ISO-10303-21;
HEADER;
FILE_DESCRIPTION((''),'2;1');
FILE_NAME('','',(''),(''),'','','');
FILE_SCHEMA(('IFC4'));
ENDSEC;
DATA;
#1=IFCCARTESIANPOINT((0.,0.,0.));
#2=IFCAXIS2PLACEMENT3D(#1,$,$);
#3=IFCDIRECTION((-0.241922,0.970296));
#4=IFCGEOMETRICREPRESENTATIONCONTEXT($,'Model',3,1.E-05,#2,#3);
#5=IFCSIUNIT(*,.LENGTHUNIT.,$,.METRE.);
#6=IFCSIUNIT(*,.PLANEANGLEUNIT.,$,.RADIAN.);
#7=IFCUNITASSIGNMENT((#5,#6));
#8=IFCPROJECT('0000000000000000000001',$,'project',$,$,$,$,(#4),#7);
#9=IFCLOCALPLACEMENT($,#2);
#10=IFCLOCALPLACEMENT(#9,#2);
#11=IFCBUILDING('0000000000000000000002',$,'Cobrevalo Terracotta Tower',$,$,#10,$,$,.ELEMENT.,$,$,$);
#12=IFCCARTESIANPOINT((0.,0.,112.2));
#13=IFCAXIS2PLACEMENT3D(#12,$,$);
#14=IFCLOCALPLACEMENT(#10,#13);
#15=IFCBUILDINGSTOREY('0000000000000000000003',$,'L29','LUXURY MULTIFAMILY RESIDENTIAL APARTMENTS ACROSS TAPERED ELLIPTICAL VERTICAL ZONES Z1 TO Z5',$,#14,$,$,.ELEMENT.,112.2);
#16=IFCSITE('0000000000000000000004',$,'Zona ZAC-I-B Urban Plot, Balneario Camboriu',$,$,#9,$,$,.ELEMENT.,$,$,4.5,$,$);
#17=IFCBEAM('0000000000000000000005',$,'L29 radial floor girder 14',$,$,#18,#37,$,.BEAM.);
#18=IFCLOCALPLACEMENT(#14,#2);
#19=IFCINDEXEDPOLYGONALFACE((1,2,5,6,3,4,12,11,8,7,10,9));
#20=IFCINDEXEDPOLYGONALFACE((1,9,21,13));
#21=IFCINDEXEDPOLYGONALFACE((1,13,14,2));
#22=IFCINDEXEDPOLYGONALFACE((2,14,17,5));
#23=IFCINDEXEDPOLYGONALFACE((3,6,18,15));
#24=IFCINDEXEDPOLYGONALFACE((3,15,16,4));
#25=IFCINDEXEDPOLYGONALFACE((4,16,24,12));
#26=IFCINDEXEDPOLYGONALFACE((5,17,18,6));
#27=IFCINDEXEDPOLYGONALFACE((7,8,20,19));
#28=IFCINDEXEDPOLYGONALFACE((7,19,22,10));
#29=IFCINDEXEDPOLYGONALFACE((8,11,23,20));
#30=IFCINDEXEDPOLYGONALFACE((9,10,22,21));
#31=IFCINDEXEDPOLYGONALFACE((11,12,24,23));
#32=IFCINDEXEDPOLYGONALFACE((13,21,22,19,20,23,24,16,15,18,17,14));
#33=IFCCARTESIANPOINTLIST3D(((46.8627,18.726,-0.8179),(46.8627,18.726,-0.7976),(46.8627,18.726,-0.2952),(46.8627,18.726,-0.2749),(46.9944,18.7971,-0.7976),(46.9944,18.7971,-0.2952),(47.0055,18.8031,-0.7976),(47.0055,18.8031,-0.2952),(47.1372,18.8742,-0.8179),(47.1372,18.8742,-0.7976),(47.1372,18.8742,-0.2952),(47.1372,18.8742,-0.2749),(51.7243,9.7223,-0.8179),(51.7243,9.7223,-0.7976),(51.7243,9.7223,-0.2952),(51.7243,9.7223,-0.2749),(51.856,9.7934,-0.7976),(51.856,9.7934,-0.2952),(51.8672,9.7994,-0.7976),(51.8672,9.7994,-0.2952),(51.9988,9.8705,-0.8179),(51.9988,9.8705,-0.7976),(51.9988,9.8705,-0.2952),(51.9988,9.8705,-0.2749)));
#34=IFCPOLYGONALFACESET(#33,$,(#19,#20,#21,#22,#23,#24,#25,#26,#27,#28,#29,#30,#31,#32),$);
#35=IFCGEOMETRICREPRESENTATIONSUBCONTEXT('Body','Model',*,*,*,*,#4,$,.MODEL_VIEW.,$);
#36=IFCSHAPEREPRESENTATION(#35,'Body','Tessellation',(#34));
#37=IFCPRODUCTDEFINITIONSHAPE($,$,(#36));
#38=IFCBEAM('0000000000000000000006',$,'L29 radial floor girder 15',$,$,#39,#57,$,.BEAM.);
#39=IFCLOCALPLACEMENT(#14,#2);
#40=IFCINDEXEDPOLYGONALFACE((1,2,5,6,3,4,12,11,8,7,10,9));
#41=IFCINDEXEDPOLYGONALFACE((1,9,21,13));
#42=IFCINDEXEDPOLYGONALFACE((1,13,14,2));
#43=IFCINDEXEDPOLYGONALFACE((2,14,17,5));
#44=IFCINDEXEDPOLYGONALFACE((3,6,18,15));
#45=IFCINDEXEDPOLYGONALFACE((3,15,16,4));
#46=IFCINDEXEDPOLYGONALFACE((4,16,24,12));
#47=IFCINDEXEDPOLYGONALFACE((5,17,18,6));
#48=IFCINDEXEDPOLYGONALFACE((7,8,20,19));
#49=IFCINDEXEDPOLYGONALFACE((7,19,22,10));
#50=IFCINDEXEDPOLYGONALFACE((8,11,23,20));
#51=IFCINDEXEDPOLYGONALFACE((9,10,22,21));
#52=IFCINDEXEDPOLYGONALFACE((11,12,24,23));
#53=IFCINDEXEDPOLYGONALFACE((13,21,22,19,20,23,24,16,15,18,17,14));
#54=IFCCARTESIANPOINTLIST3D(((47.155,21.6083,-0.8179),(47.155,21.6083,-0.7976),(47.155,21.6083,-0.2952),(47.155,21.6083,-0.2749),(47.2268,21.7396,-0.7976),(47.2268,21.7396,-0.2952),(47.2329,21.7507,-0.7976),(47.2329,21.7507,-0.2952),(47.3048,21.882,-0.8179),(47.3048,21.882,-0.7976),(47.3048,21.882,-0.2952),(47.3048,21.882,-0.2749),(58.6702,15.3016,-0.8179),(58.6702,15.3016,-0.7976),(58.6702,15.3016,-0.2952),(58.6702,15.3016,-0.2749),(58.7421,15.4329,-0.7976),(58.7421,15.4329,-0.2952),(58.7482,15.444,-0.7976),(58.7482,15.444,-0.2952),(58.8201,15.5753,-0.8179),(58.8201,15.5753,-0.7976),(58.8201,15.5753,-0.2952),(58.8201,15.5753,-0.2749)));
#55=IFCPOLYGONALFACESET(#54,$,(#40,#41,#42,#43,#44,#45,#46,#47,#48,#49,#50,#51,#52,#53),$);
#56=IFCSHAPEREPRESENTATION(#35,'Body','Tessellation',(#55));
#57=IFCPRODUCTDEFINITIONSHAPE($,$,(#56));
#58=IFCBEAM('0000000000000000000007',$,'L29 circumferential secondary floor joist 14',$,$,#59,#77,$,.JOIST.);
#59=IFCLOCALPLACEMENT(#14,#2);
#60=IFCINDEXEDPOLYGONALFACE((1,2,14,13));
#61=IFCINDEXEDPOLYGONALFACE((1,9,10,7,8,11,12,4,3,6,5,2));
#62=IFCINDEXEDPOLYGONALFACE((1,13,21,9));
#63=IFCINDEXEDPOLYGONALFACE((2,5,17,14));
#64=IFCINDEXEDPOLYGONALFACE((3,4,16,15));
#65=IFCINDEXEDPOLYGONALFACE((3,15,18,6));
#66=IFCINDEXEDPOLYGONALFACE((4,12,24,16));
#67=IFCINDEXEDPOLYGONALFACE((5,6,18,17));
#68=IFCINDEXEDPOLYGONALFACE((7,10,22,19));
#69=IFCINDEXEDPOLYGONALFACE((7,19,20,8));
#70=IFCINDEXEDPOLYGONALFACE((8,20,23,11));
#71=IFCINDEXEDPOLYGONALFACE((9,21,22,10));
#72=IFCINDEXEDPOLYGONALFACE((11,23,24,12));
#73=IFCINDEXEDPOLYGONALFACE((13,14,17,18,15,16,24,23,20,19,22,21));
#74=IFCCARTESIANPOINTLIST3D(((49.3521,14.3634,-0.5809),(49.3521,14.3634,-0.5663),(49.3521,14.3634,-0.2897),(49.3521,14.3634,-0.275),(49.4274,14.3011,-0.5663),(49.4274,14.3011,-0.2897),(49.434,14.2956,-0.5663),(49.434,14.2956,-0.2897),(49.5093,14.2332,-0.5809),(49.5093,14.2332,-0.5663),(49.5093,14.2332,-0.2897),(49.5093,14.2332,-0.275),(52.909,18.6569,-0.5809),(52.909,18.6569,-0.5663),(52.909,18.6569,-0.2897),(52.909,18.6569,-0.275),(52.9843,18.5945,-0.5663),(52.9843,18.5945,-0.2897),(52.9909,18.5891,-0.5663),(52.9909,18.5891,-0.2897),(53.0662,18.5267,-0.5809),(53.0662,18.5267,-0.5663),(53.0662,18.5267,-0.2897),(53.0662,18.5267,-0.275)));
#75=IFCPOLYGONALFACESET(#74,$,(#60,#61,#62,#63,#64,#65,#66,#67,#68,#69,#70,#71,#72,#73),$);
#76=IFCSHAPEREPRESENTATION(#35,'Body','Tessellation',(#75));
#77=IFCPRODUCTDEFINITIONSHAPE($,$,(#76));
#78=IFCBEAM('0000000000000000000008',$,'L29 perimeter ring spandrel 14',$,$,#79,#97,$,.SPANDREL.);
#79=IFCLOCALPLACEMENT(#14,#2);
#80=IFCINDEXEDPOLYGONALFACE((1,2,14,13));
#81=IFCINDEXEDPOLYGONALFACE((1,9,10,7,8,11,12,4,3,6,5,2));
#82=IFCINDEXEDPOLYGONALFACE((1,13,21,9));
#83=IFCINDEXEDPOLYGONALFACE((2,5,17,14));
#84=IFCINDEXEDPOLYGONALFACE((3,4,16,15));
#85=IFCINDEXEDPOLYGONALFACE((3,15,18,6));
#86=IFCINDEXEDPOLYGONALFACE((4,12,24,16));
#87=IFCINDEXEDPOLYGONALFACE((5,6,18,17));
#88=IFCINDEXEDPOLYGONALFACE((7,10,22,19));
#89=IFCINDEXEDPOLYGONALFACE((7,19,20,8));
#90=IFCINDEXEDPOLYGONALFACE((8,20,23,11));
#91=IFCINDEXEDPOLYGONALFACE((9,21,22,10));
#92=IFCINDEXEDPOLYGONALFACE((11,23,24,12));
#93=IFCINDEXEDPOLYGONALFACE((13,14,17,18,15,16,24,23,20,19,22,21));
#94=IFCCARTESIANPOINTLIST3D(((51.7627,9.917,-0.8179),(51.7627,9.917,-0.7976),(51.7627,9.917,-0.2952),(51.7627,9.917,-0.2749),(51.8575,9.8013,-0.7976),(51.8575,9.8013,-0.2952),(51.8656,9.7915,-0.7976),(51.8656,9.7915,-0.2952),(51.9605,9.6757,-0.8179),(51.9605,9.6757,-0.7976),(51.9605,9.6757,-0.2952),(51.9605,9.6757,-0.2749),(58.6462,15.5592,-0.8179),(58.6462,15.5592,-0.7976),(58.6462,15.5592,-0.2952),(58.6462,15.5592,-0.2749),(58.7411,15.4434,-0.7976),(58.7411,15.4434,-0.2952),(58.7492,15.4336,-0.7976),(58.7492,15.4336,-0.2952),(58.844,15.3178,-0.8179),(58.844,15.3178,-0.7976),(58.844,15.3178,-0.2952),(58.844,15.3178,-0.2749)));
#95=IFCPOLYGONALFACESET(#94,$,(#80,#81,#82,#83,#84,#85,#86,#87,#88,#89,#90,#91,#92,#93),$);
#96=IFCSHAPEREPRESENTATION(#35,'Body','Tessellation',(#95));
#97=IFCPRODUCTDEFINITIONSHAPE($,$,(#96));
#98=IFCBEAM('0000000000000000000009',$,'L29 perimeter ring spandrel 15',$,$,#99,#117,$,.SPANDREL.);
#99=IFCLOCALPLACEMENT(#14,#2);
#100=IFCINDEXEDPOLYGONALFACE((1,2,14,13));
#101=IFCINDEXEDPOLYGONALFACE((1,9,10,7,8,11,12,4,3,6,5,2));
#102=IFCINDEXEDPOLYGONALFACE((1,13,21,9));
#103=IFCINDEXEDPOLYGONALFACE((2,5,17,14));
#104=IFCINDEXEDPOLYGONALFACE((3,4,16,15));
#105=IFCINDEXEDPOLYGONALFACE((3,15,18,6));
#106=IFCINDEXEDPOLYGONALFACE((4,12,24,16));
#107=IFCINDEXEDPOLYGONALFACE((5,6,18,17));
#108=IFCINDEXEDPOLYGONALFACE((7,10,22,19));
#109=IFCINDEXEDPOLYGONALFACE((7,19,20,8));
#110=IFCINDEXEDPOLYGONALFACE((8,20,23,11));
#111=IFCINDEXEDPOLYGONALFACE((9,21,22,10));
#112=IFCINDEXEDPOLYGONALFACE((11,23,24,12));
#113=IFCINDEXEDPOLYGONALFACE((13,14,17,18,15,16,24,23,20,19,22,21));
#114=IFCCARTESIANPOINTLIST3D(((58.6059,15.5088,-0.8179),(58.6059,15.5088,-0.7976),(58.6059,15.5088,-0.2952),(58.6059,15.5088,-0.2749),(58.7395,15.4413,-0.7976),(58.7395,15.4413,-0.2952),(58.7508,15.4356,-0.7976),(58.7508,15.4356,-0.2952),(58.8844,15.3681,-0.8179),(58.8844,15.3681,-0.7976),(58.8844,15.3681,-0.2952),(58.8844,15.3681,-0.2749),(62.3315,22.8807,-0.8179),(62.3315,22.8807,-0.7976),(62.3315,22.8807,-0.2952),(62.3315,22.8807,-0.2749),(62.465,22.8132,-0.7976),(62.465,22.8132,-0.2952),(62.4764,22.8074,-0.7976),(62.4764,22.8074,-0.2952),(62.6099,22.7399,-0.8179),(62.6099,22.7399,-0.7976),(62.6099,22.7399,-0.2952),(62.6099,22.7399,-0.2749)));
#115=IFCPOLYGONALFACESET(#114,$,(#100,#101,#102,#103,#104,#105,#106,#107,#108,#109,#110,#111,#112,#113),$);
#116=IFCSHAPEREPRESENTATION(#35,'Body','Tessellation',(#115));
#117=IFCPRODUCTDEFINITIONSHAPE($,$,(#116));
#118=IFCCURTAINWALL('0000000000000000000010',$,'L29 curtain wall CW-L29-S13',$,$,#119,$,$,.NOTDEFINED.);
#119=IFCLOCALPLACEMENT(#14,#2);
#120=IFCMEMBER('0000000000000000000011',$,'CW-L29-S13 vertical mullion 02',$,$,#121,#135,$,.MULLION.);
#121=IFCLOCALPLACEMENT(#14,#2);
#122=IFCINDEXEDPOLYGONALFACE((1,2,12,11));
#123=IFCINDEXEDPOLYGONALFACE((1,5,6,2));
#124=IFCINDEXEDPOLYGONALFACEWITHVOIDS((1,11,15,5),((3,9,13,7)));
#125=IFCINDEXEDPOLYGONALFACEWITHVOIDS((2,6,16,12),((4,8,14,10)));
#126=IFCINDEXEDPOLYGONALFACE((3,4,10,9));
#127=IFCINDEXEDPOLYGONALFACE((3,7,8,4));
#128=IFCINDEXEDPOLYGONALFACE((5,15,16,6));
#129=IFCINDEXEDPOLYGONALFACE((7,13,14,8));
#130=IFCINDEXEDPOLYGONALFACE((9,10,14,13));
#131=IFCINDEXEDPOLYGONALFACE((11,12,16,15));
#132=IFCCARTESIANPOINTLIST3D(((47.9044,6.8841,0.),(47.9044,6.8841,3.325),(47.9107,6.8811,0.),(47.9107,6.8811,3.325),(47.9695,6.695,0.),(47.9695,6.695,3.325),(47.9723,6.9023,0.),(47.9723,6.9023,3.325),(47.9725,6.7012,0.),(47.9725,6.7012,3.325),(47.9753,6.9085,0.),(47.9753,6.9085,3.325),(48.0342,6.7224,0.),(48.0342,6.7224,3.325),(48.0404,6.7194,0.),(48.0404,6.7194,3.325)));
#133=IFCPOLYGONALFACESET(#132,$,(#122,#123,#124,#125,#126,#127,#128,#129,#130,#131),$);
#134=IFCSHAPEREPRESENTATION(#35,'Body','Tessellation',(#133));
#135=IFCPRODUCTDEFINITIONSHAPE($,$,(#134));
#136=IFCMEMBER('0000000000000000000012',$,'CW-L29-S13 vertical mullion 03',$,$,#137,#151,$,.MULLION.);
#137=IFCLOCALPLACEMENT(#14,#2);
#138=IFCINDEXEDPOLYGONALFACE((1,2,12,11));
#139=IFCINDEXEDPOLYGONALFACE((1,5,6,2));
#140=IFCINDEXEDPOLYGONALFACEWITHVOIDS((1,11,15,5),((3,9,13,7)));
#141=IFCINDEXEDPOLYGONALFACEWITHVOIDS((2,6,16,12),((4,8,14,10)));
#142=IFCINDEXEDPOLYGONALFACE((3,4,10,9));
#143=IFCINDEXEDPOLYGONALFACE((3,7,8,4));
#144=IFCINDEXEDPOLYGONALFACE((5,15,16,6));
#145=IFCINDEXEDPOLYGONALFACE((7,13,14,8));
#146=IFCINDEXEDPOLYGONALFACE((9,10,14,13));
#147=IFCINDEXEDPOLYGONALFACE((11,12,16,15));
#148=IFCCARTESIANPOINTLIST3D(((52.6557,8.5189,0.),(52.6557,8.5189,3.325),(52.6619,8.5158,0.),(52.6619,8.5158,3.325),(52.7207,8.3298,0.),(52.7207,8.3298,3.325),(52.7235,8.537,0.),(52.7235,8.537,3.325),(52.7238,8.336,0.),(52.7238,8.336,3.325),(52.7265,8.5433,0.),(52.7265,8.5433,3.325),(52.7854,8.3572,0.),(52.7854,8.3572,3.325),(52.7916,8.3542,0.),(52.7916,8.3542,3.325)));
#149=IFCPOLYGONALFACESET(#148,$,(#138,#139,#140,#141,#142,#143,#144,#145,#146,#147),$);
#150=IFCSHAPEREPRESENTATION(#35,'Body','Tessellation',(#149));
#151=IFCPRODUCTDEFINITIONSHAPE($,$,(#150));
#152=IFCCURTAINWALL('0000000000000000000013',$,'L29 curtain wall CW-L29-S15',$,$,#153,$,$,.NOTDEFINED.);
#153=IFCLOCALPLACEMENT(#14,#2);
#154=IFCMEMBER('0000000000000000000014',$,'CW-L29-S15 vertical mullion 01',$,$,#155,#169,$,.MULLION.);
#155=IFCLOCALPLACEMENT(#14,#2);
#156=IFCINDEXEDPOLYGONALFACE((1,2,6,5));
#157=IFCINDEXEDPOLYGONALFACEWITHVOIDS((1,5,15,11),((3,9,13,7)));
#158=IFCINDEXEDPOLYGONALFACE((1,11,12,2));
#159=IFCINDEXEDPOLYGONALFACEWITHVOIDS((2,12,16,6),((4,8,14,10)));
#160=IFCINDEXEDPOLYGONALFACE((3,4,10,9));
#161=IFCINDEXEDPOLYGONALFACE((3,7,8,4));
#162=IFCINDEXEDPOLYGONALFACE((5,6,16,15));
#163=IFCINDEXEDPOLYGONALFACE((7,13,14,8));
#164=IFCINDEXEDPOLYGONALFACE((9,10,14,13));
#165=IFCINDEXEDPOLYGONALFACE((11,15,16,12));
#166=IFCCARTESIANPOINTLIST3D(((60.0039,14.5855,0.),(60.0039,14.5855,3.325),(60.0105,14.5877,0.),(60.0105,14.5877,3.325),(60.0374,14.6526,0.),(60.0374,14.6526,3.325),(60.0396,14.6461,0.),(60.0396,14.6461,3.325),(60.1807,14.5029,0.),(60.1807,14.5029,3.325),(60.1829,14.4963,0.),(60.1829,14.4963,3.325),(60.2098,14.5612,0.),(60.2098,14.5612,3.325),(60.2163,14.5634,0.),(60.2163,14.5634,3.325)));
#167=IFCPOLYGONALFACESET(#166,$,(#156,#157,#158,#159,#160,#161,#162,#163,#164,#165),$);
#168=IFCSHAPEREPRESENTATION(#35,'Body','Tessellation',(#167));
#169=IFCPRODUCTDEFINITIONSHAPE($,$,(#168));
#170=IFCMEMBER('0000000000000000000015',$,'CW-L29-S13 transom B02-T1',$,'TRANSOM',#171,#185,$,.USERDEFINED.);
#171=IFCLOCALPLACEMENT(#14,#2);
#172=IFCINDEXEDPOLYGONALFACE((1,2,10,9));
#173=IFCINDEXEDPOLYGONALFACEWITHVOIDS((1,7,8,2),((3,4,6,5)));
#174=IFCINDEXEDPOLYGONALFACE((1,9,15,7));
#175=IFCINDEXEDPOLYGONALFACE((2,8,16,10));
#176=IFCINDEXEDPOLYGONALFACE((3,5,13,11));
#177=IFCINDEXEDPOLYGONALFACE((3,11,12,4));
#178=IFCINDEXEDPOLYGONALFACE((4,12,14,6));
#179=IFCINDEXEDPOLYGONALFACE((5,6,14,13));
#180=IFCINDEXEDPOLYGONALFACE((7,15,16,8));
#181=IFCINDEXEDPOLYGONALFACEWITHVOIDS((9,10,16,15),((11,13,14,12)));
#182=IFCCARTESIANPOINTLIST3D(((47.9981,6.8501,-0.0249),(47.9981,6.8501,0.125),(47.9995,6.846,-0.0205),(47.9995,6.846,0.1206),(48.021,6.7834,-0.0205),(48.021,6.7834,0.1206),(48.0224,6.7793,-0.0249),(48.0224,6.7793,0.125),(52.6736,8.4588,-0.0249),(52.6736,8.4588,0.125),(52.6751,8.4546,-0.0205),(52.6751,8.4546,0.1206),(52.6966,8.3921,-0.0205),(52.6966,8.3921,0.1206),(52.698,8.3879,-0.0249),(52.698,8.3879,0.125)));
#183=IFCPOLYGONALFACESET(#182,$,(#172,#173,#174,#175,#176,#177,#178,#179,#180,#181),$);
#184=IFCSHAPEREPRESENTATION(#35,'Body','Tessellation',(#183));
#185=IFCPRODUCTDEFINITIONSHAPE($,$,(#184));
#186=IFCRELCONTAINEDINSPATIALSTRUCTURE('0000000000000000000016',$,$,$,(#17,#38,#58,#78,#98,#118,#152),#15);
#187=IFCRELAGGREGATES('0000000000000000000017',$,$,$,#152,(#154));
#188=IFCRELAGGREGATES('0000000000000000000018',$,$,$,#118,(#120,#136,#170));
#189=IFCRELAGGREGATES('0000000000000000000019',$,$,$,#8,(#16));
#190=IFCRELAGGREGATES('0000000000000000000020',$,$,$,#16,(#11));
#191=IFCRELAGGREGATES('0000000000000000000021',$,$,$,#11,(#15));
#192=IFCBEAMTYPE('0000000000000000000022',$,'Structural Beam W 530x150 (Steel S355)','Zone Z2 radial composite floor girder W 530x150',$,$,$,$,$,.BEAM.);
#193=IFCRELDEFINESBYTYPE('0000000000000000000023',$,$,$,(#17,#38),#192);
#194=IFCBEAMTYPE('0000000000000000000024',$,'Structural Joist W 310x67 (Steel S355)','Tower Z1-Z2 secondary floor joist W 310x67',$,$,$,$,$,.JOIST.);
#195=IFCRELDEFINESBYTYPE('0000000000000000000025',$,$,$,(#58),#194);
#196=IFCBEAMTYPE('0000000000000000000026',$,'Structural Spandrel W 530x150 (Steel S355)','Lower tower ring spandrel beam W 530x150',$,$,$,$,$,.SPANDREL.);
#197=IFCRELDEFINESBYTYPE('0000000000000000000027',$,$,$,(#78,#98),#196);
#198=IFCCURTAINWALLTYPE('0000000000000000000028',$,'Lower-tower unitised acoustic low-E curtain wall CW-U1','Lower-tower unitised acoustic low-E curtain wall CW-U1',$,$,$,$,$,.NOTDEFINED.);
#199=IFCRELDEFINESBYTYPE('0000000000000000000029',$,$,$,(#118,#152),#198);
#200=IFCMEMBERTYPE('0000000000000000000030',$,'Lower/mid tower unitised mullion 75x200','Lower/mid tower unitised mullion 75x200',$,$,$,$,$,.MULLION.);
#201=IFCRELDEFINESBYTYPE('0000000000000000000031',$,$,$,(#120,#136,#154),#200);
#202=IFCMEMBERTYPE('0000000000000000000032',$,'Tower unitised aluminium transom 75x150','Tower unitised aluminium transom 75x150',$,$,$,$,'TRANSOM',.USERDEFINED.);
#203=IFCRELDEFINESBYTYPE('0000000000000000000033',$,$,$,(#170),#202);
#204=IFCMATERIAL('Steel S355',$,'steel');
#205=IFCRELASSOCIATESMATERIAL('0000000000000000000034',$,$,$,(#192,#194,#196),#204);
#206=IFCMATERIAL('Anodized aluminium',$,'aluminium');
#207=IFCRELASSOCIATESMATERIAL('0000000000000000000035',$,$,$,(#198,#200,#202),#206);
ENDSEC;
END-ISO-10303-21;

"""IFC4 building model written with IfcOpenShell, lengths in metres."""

from ifc_helpers import new_model, si_unit, direction, frame, origin, origin_2d, place, context, subcontext, project, spatial, hollow_rectangle, i_section, extrude, source, transform, mapped, material, material_profile, profile_set, type_object, element, aggregate, save


model = new_model("IFC4")

# Units and contexts
model_context = context("Model", 3, precision=1e-05, world=origin(), true_north=direction((-0.241922, 0.970296)))
body_context = subcontext(model_context, "Body", "Model", "MODEL_VIEW")
ifc_project = project(units=[si_unit("LENGTHUNIT", "METRE"), si_unit("PLANEANGLEUNIT", "RADIAN")], contexts=[model_context])

# Site, building, storey
site_placement = place(None, origin())
site = spatial("IfcSite", under=ifc_project, at=site_placement, Name="Zona ZAC-I-B Urban Plot, Balneario Camboriu", CompositionType="ELEMENT", RefElevation=4.5)
building_placement = place(site_placement, origin())
building = spatial("IfcBuilding", under=site, at=building_placement, Name="Cobrevalo Terracotta Tower", CompositionType="ELEMENT")
storey_placement = place(building_placement, frame((0.0, 0.0, 112.2)))
storey = spatial("IfcBuildingStorey", under=building, at=storey_placement, Name="L29", Description="LUXURY MULTIFAMILY RESIDENTIAL APARTMENTS ACROSS TAPERED ELLIPTICAL VERTICAL ZONES Z1 TO Z5", CompositionType="ELEMENT", Elevation=112.2)

# Shared definitions
ifc_material_1 = material(Name="Steel S355", Category="steel")

# Beams
ifc_material_profile_1 = material_profile(ifc_material_1, i_section(OverallWidth=0.312, OverallDepth=0.543, WebThickness=0.0127, FlangeThickness=0.0203, at=origin_2d()), Name="W 530x150")
ifc_profile_set_1 = profile_set([ifc_material_profile_1], Name="Steel S355")
beam_type_1 = type_object("IfcBeamType", Name="Structural Beam W 530x150 (Steel S355)", Description="Zone Z2 radial composite floor girder W 530x150", PredefinedType="BEAM", material=ifc_profile_set_1)
beam_1_placement = place(storey_placement, frame((51.8616, 9.7964, -0.5464), z_axis=(-0.475118, 0.879922, 0.0), x_axis=(-0.879922, -0.475118, 0.0)))
element("IfcBeam", 1, at=beam_1_placement, inside=storey, type_object=beam_type_1, Name="L29 radial floor girder 14", PredefinedType="BEAM", context=body_context, shape_type="SweptSolid", body=[
    extrude(i_section(OverallWidth=0.312, OverallDepth=0.543, WebThickness=0.0127, FlangeThickness=0.0203, at=origin_2d()), origin(), (0.0, 0.0, 1.0), 10.2324),
])
beam_2_placement = place(storey_placement, frame((58.7451, 15.4385, -0.5464), z_axis=(-0.877073, 0.480358, 0.0), x_axis=(-0.480358, -0.877073, 0.0)))
element("IfcBeam", 2, at=beam_2_placement, inside=storey, type_object=beam_type_1, Name="L29 radial floor girder 15", PredefinedType="BEAM", context=body_context, shape_type="SweptSolid", body=[
    extrude(i_section(OverallWidth=0.312, OverallDepth=0.543, WebThickness=0.0127, FlangeThickness=0.0203, at=origin_2d()), origin(), (0.0, 0.0, 1.0), 13.1292),
])
ifc_material_profile_2 = material_profile(ifc_material_1, i_section(OverallWidth=0.2041, OverallDepth=0.3059, WebThickness=0.0085, FlangeThickness=0.0146, at=origin_2d()), Name="W 310x67")
ifc_profile_set_2 = profile_set([ifc_material_profile_2], Name="Steel S355")
beam_type_2 = type_object("IfcBeamType", Name="Structural Joist W 310x67 (Steel S355)", Description="Tower Z1-Z2 secondary floor joist W 310x67", PredefinedType="JOIST", material=ifc_profile_set_2)
beam_3_placement = place(storey_placement, frame((49.4307, 14.2983, -0.428), z_axis=(0.637959, 0.77007, 0.0), x_axis=(-0.77007, 0.637959, 0.0)))
element("IfcBeam", 3, at=beam_3_placement, inside=storey, type_object=beam_type_2, Name="L29 circumferential secondary floor joist 14", PredefinedType="JOIST", context=body_context, shape_type="SweptSolid", body=[
    extrude(i_section(OverallWidth=0.2041, OverallDepth=0.3059, WebThickness=0.0085, FlangeThickness=0.0146, at=origin_2d()), origin(), (0.0, 0.0, 1.0), 5.5754),
])
ifc_material_profile_3 = material_profile(ifc_material_1, i_section(OverallWidth=0.312, OverallDepth=0.543, WebThickness=0.0127, FlangeThickness=0.0203, at=origin_2d()), Name="W 530x150")
ifc_profile_set_3 = profile_set([ifc_material_profile_3], Name="Steel S355")
beam_type_3 = type_object("IfcBeamType", Name="Structural Spandrel W 530x150 (Steel S355)", Description="Lower tower ring spandrel beam W 530x150", PredefinedType="SPANDREL", material=ifc_profile_set_3)
beam_4_placement = place(storey_placement, frame((51.8616, 9.7964, -0.5464), z_axis=(0.773401, 0.633917, 0.0), x_axis=(-0.633917, 0.773401, 0.0)))
element("IfcBeam", 4, at=beam_4_placement, inside=storey, type_object=beam_type_3, Name="L29 perimeter ring spandrel 14", PredefinedType="SPANDREL", context=body_context, shape_type="SweptSolid", body=[
    extrude(i_section(OverallWidth=0.312, OverallDepth=0.543, WebThickness=0.0127, FlangeThickness=0.0203, at=origin_2d()), origin(), (0.0, 0.0, 1.0), 8.9004),
])
beam_5_placement = place(storey_placement, frame((58.7451, 15.4385, -0.5464), z_axis=(0.451052, 0.892498, 0.0), x_axis=(-0.892498, 0.451052, 0.0)))
element("IfcBeam", 5, at=beam_5_placement, inside=storey, type_object=beam_type_3, Name="L29 perimeter ring spandrel 15", PredefinedType="SPANDREL", context=body_context, shape_type="SweptSolid", body=[
    extrude(i_section(OverallWidth=0.312, OverallDepth=0.543, WebThickness=0.0127, FlangeThickness=0.0203, at=origin_2d()), origin(), (0.0, 0.0, 1.0), 8.2598),
])

# Curtain wall, members
ifc_material_2 = material(Name="Anodized aluminium", Category="aluminium")
curtain_wall_type = type_object("IfcCurtainWallType", Name="Lower-tower unitised acoustic low-E curtain wall CW-U1", Description="Lower-tower unitised acoustic low-E curtain wall CW-U1", PredefinedType="NOTDEFINED", material=ifc_material_2)
curtain_wall_1_placement = place(storey_placement, origin())
curtain_wall_1 = element("IfcCurtainWall", 6, at=curtain_wall_1_placement, inside=storey, type_object=curtain_wall_type, Name="L29 curtain wall CW-L29-S13", PredefinedType="NOTDEFINED")
ifc_material_profile_4 = material_profile(ifc_material_2, hollow_rectangle(XDim=0.075, YDim=0.2, WallThickness=0.0049, at=origin_2d()), Name="CWM 75x200")
ifc_profile_set_4 = profile_set([ifc_material_profile_4], Name="Anodized aluminium")
member_type_1 = type_object("IfcMemberType", Name="Lower/mid tower unitised mullion 75x200", Description="Lower/mid tower unitised mullion 75x200", PredefinedType="MULLION", material=ifc_profile_set_4)
shared_shape_1 = source(origin(), body_context, "Body", "SweptSolid", [
    extrude(hollow_rectangle(XDim=0.075, YDim=0.2, WallThickness=0.0049, at=origin_2d()), origin(), (0.0, 0.0, 1.0), 3.325),
])
member_1_placement = place(storey_placement, frame((47.9724, 6.8018, 0.0), z_axis=(0.0, 0.0, 1.0), x_axis=(0.945598, 0.325337, 0.0)))
member_1 = element("IfcMember", 7, at=member_1_placement, type_object=member_type_1, Name="CW-L29-S13 vertical mullion 02", PredefinedType="MULLION", context=body_context, shape_type="MappedRepresentation", body=[
    mapped(shared_shape_1, transform((0.0, 0.0, 0.0), scale=1.0)),
])
member_2_placement = place(storey_placement, frame((52.7236, 8.4365, 0.0), z_axis=(0.0, 0.0, 1.0), x_axis=(0.945598, 0.325337, 0.0)))
member_2 = element("IfcMember", 8, at=member_2_placement, type_object=member_type_1, Name="CW-L29-S13 vertical mullion 03", PredefinedType="MULLION", context=body_context, shape_type="MappedRepresentation", body=[
    mapped(shared_shape_1, transform((0.0, 0.0, 0.0), scale=1.0)),
])

# Curtain wall, member
curtain_wall_2_placement = place(storey_placement, origin())
curtain_wall_2 = element("IfcCurtainWall", 9, at=curtain_wall_2_placement, inside=storey, type_object=curtain_wall_type, Name="L29 curtain wall CW-L29-S15", PredefinedType="NOTDEFINED")
member_3_placement = place(storey_placement, frame((60.1101, 14.5745, 0.0), z_axis=(0.0, 0.0, 1.0), x_axis=(0.44626, 0.894903, 0.0)))
member_3 = element("IfcMember", 10, at=member_3_placement, type_object=member_type_1, Name="CW-L29-S15 vertical mullion 01", PredefinedType="MULLION", context=body_context, shape_type="MappedRepresentation", body=[
    mapped(shared_shape_1, transform((0.0, 0.0, 0.0), scale=1.0)),
])

# Member
ifc_material_profile_5 = material_profile(ifc_material_2, hollow_rectangle(XDim=0.075, YDim=0.1499, WallThickness=0.0044, at=origin_2d()), Name="CWT 75x150")
ifc_profile_set_5 = profile_set([ifc_material_profile_5], Name="Anodized aluminium")
member_type_2 = type_object("IfcMemberType", Name="Tower unitised aluminium transom 75x150", Description="Tower unitised aluminium transom 75x150", ElementType="TRANSOM", PredefinedType="USERDEFINED", material=ifc_profile_set_5)
shared_shape_2 = source(origin(), body_context, "Body", "SweptSolid", [
    extrude(hollow_rectangle(XDim=0.075, YDim=0.1499, WallThickness=0.0044, at=origin_2d()), origin(), (0.0, 0.0, 1.0), 4.9446),
])
member_4_placement = place(storey_placement, frame((48.0103, 6.8147, 0.05), z_axis=(0.945598, 0.325338, 0.0), x_axis=(-0.325338, 0.945598, 0.0)))
member_4 = element("IfcMember", 11, at=member_4_placement, type_object=member_type_2, Name="CW-L29-S13 transom B02-T1", ObjectType="TRANSOM", PredefinedType="USERDEFINED", context=body_context, shape_type="MappedRepresentation", body=[
    mapped(shared_shape_2, transform((0.0, 0.0, 0.0), scale=1.0)),
])
aggregate(curtain_wall_2, [member_3])

aggregate(curtain_wall_1, [member_1, member_2, member_4])

save(model, "model.ifc")
